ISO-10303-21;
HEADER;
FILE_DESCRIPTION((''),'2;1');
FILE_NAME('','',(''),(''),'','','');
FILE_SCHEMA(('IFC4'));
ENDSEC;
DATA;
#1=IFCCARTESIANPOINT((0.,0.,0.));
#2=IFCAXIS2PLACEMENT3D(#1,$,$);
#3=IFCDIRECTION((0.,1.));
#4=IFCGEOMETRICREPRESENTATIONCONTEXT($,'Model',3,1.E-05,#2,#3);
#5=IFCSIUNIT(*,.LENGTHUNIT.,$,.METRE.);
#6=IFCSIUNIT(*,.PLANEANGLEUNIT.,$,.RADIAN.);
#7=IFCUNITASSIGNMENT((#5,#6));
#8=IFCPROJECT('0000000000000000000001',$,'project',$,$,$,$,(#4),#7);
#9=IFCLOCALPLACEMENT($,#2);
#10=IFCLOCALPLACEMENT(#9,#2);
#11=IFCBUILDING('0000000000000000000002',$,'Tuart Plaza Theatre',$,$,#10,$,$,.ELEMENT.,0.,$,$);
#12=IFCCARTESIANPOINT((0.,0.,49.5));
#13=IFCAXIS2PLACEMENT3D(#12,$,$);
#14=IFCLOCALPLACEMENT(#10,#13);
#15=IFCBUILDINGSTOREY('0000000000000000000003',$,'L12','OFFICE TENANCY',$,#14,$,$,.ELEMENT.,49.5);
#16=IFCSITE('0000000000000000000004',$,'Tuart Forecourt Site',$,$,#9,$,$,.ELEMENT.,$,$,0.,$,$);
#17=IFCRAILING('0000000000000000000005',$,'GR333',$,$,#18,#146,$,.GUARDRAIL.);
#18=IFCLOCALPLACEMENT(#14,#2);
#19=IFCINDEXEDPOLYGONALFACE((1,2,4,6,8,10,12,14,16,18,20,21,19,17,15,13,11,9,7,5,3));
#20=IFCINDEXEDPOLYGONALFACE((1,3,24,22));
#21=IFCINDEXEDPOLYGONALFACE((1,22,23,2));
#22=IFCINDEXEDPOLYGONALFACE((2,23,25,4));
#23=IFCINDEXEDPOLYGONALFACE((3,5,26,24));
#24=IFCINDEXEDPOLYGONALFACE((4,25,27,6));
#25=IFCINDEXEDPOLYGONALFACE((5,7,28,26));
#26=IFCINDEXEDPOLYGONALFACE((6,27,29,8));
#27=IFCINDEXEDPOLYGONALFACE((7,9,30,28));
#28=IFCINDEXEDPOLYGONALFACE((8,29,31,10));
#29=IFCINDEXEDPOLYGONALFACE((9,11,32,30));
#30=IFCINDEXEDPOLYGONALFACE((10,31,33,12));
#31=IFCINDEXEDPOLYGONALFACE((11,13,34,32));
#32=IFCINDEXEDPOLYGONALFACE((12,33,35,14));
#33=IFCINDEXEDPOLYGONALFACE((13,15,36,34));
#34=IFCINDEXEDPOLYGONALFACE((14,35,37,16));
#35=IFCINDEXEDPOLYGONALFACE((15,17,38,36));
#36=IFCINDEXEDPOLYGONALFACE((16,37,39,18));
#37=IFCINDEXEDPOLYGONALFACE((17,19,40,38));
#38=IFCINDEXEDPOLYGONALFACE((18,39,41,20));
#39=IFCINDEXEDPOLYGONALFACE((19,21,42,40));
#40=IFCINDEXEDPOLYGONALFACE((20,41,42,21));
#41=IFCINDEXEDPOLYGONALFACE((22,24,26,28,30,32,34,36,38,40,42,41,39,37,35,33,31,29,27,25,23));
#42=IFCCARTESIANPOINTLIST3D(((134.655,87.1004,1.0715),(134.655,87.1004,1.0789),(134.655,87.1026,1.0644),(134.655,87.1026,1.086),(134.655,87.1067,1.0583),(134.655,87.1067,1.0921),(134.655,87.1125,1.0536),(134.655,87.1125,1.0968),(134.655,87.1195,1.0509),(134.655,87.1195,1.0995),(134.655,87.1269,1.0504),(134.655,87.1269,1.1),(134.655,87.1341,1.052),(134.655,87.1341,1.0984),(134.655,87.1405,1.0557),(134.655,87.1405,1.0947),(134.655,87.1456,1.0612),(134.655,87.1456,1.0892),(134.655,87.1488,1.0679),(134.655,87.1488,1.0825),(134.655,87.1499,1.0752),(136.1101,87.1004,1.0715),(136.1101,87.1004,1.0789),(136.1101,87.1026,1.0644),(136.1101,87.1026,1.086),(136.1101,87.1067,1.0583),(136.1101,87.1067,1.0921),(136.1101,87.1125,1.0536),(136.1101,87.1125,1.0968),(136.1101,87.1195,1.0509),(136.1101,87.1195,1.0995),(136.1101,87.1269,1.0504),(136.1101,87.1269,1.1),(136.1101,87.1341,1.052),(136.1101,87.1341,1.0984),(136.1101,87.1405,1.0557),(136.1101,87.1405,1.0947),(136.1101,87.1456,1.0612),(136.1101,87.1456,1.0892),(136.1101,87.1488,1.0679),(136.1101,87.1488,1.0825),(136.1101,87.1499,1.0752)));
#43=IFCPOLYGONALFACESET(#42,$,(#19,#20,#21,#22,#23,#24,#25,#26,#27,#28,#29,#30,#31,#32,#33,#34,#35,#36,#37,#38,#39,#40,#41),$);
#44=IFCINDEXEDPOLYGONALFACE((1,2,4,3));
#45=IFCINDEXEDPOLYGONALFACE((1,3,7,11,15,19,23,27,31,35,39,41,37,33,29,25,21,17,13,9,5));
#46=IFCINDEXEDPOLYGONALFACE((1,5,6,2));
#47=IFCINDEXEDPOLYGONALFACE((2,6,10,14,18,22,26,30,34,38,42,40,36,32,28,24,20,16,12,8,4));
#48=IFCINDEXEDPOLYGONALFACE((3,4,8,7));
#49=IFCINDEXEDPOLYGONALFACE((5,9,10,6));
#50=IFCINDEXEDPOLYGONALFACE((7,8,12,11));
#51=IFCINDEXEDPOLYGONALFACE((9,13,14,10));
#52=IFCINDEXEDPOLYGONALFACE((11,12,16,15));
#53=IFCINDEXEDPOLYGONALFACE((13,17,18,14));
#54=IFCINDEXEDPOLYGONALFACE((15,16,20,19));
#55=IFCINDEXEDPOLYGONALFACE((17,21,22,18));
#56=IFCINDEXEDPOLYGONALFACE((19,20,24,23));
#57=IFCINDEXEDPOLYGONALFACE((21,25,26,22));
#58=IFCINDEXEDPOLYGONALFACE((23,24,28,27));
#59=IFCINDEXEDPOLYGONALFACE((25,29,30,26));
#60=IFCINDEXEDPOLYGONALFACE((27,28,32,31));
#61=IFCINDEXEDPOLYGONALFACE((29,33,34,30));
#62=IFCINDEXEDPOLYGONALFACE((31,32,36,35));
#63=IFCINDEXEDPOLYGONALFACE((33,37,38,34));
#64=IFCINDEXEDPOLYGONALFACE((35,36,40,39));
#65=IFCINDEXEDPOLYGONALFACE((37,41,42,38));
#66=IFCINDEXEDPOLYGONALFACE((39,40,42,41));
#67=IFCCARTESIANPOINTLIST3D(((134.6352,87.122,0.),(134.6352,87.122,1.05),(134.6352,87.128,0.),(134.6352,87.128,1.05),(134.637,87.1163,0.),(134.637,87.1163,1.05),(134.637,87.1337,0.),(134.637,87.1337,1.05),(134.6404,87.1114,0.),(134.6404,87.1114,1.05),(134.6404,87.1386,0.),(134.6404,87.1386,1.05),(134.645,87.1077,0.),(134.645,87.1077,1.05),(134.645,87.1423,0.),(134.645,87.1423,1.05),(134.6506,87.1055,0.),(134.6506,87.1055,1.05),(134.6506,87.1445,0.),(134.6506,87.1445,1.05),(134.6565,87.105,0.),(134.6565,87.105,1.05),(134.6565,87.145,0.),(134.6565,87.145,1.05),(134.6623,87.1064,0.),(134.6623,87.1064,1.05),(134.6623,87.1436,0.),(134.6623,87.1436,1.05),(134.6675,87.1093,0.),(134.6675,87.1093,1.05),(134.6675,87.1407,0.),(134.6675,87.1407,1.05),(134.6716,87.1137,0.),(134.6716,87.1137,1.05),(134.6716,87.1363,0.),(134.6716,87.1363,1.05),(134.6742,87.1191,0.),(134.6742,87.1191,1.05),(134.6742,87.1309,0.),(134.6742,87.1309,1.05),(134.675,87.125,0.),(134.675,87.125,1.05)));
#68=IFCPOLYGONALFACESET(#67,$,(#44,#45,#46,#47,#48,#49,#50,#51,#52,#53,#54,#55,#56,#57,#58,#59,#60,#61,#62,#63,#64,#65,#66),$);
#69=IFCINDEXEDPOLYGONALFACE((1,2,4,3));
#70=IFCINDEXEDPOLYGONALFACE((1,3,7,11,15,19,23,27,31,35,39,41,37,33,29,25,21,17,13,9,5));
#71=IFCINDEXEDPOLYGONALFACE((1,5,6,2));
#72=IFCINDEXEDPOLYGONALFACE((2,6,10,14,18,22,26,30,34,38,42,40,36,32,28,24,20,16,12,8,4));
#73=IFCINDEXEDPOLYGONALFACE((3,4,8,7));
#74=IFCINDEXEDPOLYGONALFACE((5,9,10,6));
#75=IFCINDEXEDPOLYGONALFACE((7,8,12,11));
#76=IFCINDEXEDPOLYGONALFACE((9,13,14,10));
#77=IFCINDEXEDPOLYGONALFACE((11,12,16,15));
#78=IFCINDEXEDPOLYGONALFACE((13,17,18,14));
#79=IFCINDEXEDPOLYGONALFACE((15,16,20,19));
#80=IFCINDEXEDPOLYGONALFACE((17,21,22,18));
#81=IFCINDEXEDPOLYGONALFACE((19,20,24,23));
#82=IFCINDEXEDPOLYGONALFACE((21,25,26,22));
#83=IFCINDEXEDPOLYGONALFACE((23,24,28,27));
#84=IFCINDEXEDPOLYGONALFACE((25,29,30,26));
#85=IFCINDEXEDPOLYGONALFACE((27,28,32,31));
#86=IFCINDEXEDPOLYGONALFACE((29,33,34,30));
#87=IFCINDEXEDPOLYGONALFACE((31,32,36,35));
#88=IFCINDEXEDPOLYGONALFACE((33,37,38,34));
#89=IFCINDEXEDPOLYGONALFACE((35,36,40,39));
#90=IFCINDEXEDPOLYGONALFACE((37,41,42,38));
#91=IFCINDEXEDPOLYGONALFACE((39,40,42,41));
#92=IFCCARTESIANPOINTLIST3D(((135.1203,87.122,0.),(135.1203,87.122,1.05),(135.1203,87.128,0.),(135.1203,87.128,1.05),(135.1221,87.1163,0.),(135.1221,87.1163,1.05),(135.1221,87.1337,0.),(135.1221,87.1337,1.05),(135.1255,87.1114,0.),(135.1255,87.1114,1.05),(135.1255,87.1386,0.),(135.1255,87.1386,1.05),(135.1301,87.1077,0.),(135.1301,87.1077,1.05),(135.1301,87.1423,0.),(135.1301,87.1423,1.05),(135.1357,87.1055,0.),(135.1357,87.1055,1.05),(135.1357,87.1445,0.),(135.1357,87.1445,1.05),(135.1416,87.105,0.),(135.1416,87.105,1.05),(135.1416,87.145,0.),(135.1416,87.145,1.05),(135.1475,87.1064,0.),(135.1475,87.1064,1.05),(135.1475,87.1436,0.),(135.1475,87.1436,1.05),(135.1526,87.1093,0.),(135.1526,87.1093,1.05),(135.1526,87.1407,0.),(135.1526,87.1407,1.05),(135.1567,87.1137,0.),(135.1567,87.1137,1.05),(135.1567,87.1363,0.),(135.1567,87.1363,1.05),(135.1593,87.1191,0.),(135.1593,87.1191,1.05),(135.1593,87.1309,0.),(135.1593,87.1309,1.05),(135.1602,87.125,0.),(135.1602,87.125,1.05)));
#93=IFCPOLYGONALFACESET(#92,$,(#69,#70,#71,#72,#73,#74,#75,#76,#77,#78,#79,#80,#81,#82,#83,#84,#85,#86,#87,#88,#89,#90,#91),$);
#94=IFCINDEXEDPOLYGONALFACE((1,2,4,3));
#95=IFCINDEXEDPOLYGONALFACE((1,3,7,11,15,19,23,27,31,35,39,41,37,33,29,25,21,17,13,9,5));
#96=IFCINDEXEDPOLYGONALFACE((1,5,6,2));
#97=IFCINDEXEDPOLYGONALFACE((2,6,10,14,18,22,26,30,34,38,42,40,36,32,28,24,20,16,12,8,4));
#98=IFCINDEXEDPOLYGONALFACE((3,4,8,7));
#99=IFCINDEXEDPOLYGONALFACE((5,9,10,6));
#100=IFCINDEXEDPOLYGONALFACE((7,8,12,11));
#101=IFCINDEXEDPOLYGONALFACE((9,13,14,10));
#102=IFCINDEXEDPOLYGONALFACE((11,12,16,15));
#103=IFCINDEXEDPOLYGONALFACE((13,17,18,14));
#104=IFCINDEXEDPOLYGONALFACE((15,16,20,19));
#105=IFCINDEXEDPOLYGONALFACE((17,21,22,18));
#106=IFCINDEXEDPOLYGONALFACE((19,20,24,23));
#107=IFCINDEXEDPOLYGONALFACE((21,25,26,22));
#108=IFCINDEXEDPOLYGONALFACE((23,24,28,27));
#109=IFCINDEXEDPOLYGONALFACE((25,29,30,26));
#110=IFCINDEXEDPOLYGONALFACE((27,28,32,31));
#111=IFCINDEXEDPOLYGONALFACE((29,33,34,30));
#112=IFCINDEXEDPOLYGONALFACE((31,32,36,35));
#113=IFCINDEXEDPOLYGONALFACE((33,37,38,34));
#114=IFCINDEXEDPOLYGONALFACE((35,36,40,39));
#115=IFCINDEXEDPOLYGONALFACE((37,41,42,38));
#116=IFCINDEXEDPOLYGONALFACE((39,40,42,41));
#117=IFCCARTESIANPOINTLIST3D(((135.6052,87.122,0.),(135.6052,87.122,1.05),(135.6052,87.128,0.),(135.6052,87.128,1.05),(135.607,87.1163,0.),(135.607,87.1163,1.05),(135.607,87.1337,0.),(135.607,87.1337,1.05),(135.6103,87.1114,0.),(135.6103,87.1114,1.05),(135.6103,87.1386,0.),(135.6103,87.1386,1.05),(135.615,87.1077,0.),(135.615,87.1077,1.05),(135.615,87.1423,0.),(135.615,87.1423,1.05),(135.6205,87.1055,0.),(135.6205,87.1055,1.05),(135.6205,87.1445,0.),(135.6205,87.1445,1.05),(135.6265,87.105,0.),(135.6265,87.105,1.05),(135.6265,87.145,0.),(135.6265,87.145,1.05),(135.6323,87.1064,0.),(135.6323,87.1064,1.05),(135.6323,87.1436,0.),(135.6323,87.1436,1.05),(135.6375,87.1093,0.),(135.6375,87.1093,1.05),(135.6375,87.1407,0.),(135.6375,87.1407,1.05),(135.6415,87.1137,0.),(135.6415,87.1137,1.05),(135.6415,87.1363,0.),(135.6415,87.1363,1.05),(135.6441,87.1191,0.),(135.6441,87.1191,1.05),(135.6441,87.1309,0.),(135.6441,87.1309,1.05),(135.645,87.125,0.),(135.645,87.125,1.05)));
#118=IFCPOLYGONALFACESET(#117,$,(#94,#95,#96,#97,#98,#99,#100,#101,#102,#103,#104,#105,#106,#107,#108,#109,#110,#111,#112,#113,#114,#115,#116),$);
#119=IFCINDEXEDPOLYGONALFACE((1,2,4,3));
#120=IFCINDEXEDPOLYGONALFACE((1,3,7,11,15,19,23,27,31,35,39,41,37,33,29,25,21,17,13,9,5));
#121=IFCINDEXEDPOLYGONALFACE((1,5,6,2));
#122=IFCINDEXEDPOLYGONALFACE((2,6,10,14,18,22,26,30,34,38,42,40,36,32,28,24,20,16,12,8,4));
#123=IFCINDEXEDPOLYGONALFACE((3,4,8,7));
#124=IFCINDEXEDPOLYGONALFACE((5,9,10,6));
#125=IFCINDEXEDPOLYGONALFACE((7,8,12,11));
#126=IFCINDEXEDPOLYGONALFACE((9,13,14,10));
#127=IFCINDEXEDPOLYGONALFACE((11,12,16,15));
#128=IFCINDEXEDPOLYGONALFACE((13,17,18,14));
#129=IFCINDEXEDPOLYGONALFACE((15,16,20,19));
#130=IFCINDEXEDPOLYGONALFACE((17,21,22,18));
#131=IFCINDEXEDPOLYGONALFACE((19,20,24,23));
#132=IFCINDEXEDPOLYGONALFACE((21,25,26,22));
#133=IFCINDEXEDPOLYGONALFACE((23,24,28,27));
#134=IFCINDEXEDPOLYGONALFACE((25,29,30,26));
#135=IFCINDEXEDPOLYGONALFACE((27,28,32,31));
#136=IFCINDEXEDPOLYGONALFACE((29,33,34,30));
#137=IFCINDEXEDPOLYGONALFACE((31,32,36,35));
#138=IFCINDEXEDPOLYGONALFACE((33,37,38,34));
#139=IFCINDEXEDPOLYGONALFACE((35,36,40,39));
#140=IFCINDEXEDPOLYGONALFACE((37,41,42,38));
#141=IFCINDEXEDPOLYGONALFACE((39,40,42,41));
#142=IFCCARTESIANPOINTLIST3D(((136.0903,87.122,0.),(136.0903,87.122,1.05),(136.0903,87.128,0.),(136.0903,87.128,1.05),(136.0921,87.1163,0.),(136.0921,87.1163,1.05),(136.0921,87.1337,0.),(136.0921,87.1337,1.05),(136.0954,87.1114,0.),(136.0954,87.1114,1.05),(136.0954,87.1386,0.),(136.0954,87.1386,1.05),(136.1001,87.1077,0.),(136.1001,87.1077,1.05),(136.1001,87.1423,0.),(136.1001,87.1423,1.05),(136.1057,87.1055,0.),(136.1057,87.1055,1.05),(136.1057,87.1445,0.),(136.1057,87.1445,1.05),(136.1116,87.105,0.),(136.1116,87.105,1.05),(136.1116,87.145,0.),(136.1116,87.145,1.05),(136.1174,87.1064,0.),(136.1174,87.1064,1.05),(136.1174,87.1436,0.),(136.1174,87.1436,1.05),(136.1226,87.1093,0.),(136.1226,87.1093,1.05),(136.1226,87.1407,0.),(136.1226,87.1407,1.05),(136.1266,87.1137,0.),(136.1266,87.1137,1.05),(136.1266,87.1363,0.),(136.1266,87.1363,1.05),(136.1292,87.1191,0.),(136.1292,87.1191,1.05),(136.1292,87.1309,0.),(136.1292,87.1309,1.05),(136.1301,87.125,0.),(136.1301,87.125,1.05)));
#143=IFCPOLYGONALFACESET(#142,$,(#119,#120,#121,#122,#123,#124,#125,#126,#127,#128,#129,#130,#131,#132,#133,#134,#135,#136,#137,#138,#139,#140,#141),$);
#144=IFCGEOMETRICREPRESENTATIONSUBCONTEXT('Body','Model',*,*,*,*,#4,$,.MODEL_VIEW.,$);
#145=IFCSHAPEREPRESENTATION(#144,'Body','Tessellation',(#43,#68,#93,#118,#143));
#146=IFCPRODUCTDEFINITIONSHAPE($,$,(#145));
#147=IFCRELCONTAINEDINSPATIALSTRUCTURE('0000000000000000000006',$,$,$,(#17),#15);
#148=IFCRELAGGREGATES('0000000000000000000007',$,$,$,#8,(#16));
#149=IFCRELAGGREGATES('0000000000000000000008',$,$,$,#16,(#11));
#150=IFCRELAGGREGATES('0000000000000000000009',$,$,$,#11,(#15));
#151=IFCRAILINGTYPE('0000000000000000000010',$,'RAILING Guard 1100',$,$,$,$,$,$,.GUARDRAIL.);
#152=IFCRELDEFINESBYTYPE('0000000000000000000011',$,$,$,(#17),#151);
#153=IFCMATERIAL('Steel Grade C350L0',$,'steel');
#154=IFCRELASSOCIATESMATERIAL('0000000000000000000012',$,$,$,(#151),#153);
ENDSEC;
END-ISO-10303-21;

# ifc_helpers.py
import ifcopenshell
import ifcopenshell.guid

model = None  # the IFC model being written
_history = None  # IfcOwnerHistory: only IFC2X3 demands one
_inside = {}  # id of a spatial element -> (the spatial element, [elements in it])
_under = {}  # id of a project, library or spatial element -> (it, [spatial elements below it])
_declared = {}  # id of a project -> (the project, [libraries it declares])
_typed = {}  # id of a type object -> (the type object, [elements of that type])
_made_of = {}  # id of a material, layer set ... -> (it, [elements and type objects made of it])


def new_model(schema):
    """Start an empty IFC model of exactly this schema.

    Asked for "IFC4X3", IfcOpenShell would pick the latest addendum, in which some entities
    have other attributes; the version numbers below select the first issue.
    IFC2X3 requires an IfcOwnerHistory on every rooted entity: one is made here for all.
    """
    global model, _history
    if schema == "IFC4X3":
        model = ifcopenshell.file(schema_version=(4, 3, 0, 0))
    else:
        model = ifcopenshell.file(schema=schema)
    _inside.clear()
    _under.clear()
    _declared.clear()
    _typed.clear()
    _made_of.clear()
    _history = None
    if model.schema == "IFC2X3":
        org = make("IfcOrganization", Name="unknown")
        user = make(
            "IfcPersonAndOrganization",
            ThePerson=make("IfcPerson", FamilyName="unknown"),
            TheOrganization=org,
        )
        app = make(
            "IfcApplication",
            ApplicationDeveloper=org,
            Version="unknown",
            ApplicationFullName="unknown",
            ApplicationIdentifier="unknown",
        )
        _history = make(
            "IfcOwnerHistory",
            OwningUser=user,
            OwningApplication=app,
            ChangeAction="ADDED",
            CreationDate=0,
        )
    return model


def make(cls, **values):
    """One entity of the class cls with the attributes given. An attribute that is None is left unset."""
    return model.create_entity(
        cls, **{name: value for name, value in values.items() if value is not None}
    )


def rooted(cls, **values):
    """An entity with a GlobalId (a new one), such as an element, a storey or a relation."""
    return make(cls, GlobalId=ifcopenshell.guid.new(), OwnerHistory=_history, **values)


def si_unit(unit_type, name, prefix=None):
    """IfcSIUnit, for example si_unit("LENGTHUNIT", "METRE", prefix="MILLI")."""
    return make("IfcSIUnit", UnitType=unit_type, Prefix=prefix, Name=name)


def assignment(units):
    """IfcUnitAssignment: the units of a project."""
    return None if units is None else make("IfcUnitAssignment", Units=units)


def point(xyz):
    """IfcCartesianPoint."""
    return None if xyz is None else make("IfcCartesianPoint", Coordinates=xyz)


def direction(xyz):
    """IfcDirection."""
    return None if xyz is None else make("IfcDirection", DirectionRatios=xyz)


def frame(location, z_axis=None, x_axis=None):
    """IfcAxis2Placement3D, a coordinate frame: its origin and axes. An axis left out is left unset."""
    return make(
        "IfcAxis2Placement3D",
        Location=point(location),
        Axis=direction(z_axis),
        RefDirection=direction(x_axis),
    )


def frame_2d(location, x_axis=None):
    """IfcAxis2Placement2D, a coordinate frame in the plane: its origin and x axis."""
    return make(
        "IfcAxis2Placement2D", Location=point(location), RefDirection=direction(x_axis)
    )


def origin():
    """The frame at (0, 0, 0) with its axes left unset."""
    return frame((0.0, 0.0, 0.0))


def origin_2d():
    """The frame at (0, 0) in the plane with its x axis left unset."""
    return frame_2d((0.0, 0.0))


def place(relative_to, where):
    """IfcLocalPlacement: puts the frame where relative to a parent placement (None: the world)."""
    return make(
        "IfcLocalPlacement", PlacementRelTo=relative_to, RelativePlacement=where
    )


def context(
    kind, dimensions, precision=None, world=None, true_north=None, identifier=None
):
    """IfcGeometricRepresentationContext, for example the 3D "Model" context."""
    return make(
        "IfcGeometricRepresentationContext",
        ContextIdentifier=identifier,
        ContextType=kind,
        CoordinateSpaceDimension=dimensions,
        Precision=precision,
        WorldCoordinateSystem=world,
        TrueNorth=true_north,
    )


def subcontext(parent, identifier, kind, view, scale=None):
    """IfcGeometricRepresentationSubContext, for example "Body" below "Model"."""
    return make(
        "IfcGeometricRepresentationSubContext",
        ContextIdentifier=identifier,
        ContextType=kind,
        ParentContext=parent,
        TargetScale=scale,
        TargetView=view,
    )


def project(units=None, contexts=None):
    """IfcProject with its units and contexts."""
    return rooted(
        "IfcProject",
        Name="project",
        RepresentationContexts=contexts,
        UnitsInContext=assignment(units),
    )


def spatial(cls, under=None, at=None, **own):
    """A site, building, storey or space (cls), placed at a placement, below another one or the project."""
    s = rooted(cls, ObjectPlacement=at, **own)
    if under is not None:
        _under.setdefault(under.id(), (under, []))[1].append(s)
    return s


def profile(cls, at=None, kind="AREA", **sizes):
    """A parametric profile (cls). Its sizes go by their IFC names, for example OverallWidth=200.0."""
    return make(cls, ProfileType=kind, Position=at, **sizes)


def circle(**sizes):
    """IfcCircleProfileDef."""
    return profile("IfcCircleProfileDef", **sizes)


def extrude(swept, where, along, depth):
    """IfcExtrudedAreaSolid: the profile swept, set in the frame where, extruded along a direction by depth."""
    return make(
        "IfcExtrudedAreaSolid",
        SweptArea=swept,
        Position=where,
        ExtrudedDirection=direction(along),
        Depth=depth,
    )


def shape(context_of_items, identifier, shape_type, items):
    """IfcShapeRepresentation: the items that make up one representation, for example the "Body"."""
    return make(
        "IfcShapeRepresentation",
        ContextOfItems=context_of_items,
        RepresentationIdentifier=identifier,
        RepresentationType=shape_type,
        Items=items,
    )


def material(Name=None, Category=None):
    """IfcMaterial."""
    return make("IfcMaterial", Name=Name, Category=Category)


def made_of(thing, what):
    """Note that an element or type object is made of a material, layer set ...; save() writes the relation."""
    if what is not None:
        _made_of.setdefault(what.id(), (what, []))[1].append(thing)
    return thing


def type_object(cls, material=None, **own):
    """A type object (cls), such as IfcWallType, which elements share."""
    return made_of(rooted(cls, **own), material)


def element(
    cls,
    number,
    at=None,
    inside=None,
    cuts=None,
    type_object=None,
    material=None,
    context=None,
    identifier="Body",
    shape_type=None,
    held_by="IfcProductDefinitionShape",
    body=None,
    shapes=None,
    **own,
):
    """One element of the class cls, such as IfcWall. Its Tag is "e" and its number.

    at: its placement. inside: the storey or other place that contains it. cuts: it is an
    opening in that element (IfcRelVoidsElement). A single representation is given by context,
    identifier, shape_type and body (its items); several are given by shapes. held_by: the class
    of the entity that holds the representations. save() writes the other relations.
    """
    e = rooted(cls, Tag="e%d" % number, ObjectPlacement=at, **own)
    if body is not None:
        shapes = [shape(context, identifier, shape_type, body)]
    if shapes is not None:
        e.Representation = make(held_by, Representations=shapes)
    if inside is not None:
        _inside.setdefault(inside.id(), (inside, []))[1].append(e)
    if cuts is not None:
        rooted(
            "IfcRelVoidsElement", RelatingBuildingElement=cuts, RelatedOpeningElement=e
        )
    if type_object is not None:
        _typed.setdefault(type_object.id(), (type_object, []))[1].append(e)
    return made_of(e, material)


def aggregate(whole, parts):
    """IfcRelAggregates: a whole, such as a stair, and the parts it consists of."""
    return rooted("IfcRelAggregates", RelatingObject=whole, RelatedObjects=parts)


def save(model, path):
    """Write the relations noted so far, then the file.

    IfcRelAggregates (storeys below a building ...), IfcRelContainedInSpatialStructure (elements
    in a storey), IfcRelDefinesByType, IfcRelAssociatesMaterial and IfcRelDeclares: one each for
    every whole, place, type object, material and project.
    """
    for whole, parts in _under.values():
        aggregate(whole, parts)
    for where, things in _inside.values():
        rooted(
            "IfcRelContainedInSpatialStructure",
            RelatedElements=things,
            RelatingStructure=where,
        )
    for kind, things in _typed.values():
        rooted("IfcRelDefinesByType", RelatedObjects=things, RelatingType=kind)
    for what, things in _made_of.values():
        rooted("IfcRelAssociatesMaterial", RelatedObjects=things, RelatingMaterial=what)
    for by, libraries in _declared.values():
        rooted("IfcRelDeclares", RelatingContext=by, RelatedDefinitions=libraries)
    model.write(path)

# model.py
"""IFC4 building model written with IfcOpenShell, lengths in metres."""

from ifc_helpers import new_model, si_unit, direction, frame, origin, origin_2d, place, context, subcontext, project, spatial, circle, extrude, material, type_object, element, save


model = new_model("IFC4")

# Units and contexts
model_context = context("Model", 3, precision=1e-05, world=origin(), true_north=direction((0.0, 1.0)))
body_context = subcontext(model_context, "Body", "Model", "MODEL_VIEW")
ifc_project = project(units=[si_unit("LENGTHUNIT", "METRE"), si_unit("PLANEANGLEUNIT", "RADIAN")], contexts=[model_context])

# Site, building, storey
site_placement = place(None, origin())
site = spatial("IfcSite", under=ifc_project, at=site_placement, Name="Tuart Forecourt Site", CompositionType="ELEMENT", RefElevation=0.0)
building_placement = place(site_placement, origin())
building = spatial("IfcBuilding", under=site, at=building_placement, Name="Tuart Plaza Theatre", CompositionType="ELEMENT", ElevationOfRefHeight=0.0)
storey_placement = place(building_placement, frame((0.0, 0.0, 49.5)))
storey = spatial("IfcBuildingStorey", under=building, at=storey_placement, Name="L12", Description="OFFICE TENANCY", CompositionType="ELEMENT", Elevation=49.5)

# Railing
ifc_material_1 = material(Name="Steel Grade C350L0", Category="steel")
railing_type_1 = type_object("IfcRailingType", Name="RAILING Guard 1100", PredefinedType="GUARDRAIL", material=ifc_material_1)
railing_1_placement = place(storey_placement, frame((134.655, 87.125, 0.0)))
element("IfcRailing", 1, at=railing_1_placement, inside=storey, type_object=railing_type_1, Name="GR333", PredefinedType="GUARDRAIL", context=body_context, shape_type="SweptSolid", body=[
    extrude(circle(Radius=0.0249, at=origin_2d()), frame((0.0, 0.0, 1.0752), z_axis=(1.0, 0.0, 0.0), x_axis=(0.0, 1.0, 0.0)), (0.0, 0.0, 1.0), 1.4551),
    extrude(circle(Radius=0.02, at=origin_2d()), origin(), (0.0, 0.0, 1.0), 1.05),
    extrude(circle(Radius=0.02, at=origin_2d()), frame((0.4851, 0.0, 0.0)), (0.0, 0.0, 1.0), 1.05),
    extrude(circle(Radius=0.02, at=origin_2d()), frame((0.97, 0.0, 0.0)), (0.0, 0.0, 1.0), 1.05),
    extrude(circle(Radius=0.02, at=origin_2d()), frame((1.4551, 0.0, 0.0)), (0.0, 0.0, 1.0), 1.05),
])

save(model, "model.ifc")
